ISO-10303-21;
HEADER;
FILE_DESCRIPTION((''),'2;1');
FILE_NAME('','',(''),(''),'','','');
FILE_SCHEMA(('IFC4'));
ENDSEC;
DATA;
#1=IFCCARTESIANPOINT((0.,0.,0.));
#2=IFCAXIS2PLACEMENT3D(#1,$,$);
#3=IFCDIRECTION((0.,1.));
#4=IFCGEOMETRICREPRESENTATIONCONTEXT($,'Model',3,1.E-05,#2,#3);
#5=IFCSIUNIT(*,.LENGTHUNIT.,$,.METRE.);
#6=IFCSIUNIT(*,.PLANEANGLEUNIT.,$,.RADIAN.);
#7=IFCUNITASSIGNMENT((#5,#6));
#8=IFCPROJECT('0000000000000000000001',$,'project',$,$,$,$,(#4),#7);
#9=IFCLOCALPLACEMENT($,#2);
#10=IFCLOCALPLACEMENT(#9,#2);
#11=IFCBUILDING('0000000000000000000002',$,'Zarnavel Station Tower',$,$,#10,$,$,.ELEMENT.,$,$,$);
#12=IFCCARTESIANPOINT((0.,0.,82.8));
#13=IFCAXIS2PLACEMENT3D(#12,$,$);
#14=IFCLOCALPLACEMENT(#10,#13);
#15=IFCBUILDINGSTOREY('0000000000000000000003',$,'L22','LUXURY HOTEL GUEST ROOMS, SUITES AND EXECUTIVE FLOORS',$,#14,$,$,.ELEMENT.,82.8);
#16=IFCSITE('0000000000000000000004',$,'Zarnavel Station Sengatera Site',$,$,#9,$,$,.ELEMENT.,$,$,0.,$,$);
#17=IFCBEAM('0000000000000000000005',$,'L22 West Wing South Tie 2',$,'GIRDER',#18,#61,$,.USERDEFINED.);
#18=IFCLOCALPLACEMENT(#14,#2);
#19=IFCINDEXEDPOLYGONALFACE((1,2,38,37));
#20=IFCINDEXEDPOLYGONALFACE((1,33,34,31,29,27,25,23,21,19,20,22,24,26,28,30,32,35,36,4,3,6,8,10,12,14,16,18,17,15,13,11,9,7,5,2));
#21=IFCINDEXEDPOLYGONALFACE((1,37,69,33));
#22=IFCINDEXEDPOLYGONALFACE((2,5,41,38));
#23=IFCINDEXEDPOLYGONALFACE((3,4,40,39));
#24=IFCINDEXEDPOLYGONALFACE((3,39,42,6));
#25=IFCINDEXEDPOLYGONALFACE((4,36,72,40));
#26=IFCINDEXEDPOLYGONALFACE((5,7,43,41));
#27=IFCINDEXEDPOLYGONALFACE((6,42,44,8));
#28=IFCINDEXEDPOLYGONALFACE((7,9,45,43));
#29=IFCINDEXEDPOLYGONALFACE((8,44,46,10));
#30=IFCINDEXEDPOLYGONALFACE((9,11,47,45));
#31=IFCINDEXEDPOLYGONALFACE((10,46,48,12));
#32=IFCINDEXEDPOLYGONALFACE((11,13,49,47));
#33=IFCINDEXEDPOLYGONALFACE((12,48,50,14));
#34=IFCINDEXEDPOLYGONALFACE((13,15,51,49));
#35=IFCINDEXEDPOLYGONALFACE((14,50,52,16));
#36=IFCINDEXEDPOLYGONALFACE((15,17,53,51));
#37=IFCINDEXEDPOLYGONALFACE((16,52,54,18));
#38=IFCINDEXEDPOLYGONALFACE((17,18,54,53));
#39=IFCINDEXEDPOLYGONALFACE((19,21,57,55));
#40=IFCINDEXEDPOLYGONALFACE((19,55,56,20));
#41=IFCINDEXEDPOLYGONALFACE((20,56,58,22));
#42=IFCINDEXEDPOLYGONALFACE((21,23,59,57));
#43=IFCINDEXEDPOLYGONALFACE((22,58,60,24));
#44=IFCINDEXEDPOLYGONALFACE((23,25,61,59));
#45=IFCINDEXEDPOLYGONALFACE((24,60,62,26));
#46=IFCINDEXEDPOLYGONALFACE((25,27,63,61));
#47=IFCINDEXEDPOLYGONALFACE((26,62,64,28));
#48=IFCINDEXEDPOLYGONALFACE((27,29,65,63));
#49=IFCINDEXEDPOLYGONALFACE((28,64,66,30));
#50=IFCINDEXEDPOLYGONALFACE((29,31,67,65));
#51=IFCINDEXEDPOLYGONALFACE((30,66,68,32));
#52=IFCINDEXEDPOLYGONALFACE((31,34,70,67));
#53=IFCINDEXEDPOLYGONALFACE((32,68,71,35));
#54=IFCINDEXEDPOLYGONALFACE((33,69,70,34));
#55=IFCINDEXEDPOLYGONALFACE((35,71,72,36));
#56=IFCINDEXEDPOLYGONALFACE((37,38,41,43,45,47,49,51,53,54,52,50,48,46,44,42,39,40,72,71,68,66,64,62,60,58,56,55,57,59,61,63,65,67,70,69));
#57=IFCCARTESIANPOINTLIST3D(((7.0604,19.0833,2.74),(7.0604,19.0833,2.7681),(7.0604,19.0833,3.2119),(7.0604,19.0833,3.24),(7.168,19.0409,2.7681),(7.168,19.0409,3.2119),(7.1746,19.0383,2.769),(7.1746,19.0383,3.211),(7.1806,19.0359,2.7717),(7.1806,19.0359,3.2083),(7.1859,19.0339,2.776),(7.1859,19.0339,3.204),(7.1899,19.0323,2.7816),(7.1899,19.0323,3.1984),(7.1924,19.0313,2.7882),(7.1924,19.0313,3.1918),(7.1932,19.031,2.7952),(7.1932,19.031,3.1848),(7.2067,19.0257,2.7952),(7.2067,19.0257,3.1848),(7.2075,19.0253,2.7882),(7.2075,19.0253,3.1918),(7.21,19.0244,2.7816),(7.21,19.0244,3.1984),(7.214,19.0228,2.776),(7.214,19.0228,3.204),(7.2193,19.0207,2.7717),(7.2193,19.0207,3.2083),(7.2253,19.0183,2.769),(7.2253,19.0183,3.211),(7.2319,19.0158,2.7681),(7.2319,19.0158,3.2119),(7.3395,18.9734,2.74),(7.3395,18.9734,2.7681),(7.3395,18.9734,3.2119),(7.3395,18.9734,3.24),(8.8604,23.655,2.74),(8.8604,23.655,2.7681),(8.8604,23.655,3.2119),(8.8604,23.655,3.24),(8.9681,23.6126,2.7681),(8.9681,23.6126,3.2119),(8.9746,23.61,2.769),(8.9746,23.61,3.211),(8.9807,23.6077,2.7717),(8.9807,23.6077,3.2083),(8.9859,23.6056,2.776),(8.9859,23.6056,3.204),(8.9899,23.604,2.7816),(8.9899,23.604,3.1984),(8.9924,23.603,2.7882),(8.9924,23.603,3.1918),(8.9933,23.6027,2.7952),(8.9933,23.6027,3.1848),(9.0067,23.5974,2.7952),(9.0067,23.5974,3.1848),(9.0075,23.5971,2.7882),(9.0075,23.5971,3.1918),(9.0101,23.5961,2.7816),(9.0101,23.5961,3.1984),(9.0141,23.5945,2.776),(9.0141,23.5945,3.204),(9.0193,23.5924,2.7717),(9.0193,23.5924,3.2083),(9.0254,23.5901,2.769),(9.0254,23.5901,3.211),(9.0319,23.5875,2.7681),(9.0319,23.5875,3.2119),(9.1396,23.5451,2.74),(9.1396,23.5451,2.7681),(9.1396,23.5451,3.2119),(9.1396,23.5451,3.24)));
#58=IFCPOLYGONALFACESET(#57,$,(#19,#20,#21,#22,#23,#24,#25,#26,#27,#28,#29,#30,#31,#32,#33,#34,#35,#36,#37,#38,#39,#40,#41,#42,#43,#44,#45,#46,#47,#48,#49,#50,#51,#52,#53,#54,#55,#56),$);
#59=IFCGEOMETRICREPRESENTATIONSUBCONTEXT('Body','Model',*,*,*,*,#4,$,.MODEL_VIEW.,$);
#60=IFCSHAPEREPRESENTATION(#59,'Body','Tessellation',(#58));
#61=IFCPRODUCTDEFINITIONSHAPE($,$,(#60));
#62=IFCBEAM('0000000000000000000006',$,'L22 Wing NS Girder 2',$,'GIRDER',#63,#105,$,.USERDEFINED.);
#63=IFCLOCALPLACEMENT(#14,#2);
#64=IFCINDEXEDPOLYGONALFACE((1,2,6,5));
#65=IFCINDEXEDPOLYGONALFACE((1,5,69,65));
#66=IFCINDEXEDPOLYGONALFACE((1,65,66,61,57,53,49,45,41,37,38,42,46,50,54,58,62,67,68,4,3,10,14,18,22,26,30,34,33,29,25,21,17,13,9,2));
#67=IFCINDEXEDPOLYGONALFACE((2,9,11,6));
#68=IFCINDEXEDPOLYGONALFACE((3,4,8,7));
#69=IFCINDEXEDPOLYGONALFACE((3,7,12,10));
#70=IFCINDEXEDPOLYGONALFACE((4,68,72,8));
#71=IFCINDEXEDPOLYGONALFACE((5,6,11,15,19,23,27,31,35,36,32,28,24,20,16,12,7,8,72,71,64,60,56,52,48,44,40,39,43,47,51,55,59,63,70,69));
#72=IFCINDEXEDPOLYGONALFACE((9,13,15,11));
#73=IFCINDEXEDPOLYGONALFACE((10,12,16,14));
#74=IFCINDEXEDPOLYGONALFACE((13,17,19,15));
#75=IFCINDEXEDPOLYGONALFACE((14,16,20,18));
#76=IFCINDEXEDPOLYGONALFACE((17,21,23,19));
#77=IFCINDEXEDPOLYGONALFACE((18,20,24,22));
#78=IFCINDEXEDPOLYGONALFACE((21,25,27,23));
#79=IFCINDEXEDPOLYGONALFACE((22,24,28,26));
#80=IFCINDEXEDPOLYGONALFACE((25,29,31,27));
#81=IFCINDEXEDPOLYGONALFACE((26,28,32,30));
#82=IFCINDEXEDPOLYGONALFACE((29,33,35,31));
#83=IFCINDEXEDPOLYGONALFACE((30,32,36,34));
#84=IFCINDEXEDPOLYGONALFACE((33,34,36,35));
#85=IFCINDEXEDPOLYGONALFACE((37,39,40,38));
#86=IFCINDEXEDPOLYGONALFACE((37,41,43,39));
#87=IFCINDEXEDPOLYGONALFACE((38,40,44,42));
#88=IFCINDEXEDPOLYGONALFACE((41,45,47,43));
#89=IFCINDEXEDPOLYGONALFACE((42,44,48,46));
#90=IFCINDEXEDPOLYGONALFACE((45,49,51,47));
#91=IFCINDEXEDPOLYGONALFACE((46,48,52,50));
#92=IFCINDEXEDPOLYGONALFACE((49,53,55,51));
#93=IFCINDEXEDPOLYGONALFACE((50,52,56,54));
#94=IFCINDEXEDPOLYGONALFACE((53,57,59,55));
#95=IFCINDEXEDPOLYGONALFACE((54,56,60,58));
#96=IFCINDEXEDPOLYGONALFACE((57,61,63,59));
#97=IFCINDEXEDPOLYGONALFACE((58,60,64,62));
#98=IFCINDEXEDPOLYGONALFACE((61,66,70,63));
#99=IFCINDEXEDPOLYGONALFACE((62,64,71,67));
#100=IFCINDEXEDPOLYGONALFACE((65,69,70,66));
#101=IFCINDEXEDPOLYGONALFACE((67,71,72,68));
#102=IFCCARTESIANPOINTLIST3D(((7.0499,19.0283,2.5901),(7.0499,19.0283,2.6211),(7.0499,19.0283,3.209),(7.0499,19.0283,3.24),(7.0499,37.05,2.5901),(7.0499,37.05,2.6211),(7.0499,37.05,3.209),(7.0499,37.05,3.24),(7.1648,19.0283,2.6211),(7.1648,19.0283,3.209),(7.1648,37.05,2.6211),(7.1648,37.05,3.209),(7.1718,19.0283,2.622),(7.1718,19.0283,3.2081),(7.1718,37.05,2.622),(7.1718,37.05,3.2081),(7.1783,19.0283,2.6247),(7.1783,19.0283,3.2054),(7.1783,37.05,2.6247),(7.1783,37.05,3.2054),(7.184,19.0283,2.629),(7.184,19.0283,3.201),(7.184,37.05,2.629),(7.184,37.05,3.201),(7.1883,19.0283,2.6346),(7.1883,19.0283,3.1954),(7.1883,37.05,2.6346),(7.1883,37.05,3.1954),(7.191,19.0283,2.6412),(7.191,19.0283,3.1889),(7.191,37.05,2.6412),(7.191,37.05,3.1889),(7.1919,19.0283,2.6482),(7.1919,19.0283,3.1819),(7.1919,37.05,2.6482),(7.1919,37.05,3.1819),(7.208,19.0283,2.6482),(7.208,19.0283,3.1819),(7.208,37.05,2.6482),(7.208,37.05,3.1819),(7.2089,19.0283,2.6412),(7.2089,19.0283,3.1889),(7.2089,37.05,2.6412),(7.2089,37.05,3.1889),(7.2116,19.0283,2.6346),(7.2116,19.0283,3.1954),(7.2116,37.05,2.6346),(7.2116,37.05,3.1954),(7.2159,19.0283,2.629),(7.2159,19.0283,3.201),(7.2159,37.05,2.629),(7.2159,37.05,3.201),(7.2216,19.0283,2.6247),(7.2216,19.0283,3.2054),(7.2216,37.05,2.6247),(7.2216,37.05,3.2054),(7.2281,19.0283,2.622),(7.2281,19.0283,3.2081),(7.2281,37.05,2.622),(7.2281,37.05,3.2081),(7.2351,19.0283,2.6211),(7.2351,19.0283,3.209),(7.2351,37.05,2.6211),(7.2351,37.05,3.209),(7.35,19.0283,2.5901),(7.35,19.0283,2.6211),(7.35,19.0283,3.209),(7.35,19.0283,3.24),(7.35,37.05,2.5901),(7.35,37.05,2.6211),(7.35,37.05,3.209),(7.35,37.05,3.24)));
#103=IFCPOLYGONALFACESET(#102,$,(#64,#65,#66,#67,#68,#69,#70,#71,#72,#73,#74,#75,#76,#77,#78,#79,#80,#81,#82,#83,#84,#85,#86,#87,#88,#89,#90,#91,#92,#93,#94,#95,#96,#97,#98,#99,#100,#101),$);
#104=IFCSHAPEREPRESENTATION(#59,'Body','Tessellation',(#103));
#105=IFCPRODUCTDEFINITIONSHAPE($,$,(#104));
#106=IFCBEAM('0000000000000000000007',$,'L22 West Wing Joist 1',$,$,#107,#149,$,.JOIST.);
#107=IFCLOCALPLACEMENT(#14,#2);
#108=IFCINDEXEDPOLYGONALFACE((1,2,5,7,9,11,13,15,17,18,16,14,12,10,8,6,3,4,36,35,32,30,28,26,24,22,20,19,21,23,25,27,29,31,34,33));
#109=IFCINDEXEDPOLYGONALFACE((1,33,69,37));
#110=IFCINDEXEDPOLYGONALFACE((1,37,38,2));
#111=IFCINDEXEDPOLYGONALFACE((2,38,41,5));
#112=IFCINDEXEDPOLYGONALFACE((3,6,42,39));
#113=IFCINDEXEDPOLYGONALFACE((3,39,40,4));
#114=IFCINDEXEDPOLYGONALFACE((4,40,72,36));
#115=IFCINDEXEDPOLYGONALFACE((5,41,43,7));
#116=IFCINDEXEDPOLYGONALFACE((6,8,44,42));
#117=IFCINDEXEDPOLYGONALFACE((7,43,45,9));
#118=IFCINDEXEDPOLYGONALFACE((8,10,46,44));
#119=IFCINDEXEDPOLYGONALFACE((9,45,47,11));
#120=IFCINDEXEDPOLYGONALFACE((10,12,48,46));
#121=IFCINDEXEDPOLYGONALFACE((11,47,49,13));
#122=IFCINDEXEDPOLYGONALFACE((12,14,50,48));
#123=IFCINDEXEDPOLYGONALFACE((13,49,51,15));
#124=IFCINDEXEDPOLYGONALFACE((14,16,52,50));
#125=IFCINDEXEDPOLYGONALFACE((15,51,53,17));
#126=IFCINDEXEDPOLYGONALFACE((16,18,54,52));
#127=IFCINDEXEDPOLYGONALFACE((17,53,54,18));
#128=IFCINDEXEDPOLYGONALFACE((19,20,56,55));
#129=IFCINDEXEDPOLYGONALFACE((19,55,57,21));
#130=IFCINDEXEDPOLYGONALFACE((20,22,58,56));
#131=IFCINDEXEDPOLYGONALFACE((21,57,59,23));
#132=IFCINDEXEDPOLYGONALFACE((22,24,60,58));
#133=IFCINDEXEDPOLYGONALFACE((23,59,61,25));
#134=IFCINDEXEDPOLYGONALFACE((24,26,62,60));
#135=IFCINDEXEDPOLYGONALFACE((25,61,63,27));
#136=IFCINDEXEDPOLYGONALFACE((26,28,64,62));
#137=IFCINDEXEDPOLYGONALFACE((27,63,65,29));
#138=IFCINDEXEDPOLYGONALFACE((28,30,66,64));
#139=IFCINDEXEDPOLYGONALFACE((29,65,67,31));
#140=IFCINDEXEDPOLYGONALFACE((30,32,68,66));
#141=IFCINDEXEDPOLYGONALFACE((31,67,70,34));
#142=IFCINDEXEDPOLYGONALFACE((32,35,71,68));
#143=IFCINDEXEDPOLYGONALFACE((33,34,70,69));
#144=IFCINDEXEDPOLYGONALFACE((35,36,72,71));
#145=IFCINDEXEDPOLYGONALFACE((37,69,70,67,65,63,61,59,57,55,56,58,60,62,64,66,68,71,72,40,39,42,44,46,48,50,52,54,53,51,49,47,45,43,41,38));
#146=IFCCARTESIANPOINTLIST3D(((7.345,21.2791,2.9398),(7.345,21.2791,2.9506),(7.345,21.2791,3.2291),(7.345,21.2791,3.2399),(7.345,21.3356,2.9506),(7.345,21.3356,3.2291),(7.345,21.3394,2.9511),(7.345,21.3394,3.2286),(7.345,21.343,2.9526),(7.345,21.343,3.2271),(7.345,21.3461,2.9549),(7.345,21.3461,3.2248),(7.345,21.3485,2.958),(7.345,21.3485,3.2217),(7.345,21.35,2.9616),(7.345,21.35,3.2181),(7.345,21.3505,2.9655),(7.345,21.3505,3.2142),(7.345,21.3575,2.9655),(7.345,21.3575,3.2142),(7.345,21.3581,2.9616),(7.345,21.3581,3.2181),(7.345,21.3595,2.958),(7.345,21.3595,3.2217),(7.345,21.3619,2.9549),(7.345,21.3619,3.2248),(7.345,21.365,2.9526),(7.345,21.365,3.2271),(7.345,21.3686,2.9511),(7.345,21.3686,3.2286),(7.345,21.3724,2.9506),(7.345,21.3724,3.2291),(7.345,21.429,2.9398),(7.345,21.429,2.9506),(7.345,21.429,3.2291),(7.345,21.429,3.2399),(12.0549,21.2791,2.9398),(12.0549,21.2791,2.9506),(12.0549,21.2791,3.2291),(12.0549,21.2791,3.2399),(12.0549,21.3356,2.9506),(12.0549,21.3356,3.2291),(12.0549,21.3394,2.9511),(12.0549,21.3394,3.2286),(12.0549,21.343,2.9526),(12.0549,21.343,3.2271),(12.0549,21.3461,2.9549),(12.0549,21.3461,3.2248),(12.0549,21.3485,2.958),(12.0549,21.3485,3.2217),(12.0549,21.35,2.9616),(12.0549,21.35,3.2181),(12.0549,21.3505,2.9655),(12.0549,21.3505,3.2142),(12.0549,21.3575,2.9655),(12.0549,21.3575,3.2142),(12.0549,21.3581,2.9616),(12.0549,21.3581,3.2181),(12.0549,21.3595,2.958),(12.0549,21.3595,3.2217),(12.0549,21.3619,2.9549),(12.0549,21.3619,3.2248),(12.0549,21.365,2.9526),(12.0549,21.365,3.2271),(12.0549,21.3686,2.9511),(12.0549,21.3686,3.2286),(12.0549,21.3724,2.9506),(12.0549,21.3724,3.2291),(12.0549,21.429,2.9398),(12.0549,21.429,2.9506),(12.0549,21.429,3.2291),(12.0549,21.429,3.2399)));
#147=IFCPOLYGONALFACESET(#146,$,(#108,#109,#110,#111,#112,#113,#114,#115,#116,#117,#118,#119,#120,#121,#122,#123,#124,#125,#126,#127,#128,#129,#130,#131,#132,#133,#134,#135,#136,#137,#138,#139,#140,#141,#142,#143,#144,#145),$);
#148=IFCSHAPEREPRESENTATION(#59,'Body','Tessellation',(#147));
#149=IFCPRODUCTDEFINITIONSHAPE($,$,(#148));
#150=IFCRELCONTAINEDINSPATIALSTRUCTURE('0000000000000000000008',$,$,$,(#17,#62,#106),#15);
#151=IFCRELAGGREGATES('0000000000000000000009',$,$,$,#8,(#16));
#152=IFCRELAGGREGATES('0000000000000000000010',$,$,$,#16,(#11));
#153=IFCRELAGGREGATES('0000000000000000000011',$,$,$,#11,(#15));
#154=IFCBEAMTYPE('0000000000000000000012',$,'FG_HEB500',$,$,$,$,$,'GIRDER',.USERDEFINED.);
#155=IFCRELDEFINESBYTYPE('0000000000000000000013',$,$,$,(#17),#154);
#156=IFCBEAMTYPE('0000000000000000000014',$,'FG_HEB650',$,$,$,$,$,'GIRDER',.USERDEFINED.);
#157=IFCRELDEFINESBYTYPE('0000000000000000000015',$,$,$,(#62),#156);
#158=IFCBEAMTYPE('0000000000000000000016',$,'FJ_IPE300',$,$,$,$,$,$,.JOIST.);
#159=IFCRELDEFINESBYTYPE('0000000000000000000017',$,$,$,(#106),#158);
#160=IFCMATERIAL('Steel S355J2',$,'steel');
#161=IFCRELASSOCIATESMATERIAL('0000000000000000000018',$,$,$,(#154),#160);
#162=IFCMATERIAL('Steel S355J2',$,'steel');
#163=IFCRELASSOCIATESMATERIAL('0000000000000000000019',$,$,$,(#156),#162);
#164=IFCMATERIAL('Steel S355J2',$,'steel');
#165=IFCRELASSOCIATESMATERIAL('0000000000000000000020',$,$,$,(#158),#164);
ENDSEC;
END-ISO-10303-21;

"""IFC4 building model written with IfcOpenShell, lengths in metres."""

from ifc_helpers import new_model, si_unit, direction, frame, origin, origin_2d, place, context, subcontext, project, spatial, i_section, extrude, material, material_profile, profile_set, type_object, element, save


model = new_model("IFC4")

# Units and contexts
model_context = context("Model", 3, precision=1e-05, world=origin(), true_north=direction((0.0, 1.0)))
body_context = subcontext(model_context, "Body", "Model", "MODEL_VIEW")
ifc_project = project(units=[si_unit("LENGTHUNIT", "METRE"), si_unit("PLANEANGLEUNIT", "RADIAN")], contexts=[model_context])

# Site, building, storey
site_placement = place(None, origin())
site = spatial("IfcSite", under=ifc_project, at=site_placement, Name="Zarnavel Station Sengatera Site", CompositionType="ELEMENT", RefElevation=0.0)
building_placement = place(site_placement, origin())
building = spatial("IfcBuilding", under=site, at=building_placement, Name="Zarnavel Station Tower", CompositionType="ELEMENT")
storey_placement = place(building_placement, frame((0.0, 0.0, 82.8)))
storey = spatial("IfcBuildingStorey", under=building, at=storey_placement, Name="L22", Description="LUXURY HOTEL GUEST ROOMS, SUITES AND EXECUTIVE FLOORS", CompositionType="ELEMENT", Elevation=82.8)

# Beams
ifc_material_1 = material(Name="Steel S355J2", Category="steel")
ifc_material_profile_1 = material_profile(ifc_material_1, i_section(OverallWidth=0.3, OverallDepth=0.5, WebThickness=0.0144, FlangeThickness=0.0281, FilletRadius=0.0271, at=origin_2d()), Name="HEB500")
ifc_profile_set_1 = profile_set([ifc_material_profile_1], Name="Steel S355J2")
beam_type_1 = type_object("IfcBeamType", Name="FG_HEB500", ElementType="GIRDER", PredefinedType="USERDEFINED", material=ifc_profile_set_1)
beam_1_placement = place(storey_placement, frame((7.2, 19.0283, 2.99), z_axis=(0.366356, 0.930475, 0.0), x_axis=(-0.930475, 0.366356, 0.0)))
element("IfcBeam", 1, at=beam_1_placement, inside=storey, type_object=beam_type_1, Name="L22 West Wing South Tie 2", ObjectType="GIRDER", PredefinedType="USERDEFINED", context=body_context, shape_type="SweptSolid", body=[
    extrude(i_section(OverallWidth=0.3, OverallDepth=0.5, WebThickness=0.0144, FlangeThickness=0.0281, FilletRadius=0.0271, at=origin_2d()), origin(), (0.0, 0.0, 1.0), 4.9133),
])
ifc_material_2 = material(Name="Steel S355J2", Category="steel")
ifc_material_profile_2 = material_profile(ifc_material_2, i_section(OverallWidth=0.3, OverallDepth=0.6499, WebThickness=0.0161, FlangeThickness=0.031, FilletRadius=0.0271, at=origin_2d()), Name="HEB650")
ifc_profile_set_2 = profile_set([ifc_material_profile_2], Name="Steel S355J2")
beam_type_2 = type_object("IfcBeamType", Name="FG_HEB650", ElementType="GIRDER", PredefinedType="USERDEFINED", material=ifc_profile_set_2)
beam_2_placement = place(storey_placement, frame((7.2, 19.0283, 2.915), z_axis=(0.0, 1.0, 0.0), x_axis=(-1.0, 0.0, 0.0)))
element("IfcBeam", 2, at=beam_2_placement, inside=storey, type_object=beam_type_2, Name="L22 Wing NS Girder 2", ObjectType="GIRDER", PredefinedType="USERDEFINED", context=body_context, shape_type="SweptSolid", body=[
    extrude(i_section(OverallWidth=0.3, OverallDepth=0.6499, WebThickness=0.0161, FlangeThickness=0.031, FilletRadius=0.0271, at=origin_2d()), origin(), (0.0, 0.0, 1.0), 18.0217),
])
ifc_material_3 = material(Name="Steel S355J2", Category="steel")
ifc_material_profile_3 = material_profile(ifc_material_3, i_section(OverallWidth=0.1499, OverallDepth=0.3, WebThickness=0.0071, FlangeThickness=0.0107, FilletRadius=0.0149, at=origin_2d()), Name="IPE300")
ifc_profile_set_3 = profile_set([ifc_material_profile_3], Name="Steel S355J2")
beam_type_3 = type_object("IfcBeamType", Name="FJ_IPE300", PredefinedType="JOIST", material=ifc_profile_set_3)
beam_3_placement = place(storey_placement, frame((7.345, 21.354, 3.0898), z_axis=(1.0, 0.0, 0.0), x_axis=(0.0, 1.0, 0.0)))
element("IfcBeam", 3, at=beam_3_placement, inside=storey, type_object=beam_type_3, Name="L22 West Wing Joist 1", PredefinedType="JOIST", context=body_context, shape_type="SweptSolid", body=[
    extrude(i_section(OverallWidth=0.1499, OverallDepth=0.3, WebThickness=0.0071, FlangeThickness=0.0107, FilletRadius=0.0149, at=origin_2d()), origin(), (0.0, 0.0, 1.0), 4.71),
])

save(model, "model.ifc")
